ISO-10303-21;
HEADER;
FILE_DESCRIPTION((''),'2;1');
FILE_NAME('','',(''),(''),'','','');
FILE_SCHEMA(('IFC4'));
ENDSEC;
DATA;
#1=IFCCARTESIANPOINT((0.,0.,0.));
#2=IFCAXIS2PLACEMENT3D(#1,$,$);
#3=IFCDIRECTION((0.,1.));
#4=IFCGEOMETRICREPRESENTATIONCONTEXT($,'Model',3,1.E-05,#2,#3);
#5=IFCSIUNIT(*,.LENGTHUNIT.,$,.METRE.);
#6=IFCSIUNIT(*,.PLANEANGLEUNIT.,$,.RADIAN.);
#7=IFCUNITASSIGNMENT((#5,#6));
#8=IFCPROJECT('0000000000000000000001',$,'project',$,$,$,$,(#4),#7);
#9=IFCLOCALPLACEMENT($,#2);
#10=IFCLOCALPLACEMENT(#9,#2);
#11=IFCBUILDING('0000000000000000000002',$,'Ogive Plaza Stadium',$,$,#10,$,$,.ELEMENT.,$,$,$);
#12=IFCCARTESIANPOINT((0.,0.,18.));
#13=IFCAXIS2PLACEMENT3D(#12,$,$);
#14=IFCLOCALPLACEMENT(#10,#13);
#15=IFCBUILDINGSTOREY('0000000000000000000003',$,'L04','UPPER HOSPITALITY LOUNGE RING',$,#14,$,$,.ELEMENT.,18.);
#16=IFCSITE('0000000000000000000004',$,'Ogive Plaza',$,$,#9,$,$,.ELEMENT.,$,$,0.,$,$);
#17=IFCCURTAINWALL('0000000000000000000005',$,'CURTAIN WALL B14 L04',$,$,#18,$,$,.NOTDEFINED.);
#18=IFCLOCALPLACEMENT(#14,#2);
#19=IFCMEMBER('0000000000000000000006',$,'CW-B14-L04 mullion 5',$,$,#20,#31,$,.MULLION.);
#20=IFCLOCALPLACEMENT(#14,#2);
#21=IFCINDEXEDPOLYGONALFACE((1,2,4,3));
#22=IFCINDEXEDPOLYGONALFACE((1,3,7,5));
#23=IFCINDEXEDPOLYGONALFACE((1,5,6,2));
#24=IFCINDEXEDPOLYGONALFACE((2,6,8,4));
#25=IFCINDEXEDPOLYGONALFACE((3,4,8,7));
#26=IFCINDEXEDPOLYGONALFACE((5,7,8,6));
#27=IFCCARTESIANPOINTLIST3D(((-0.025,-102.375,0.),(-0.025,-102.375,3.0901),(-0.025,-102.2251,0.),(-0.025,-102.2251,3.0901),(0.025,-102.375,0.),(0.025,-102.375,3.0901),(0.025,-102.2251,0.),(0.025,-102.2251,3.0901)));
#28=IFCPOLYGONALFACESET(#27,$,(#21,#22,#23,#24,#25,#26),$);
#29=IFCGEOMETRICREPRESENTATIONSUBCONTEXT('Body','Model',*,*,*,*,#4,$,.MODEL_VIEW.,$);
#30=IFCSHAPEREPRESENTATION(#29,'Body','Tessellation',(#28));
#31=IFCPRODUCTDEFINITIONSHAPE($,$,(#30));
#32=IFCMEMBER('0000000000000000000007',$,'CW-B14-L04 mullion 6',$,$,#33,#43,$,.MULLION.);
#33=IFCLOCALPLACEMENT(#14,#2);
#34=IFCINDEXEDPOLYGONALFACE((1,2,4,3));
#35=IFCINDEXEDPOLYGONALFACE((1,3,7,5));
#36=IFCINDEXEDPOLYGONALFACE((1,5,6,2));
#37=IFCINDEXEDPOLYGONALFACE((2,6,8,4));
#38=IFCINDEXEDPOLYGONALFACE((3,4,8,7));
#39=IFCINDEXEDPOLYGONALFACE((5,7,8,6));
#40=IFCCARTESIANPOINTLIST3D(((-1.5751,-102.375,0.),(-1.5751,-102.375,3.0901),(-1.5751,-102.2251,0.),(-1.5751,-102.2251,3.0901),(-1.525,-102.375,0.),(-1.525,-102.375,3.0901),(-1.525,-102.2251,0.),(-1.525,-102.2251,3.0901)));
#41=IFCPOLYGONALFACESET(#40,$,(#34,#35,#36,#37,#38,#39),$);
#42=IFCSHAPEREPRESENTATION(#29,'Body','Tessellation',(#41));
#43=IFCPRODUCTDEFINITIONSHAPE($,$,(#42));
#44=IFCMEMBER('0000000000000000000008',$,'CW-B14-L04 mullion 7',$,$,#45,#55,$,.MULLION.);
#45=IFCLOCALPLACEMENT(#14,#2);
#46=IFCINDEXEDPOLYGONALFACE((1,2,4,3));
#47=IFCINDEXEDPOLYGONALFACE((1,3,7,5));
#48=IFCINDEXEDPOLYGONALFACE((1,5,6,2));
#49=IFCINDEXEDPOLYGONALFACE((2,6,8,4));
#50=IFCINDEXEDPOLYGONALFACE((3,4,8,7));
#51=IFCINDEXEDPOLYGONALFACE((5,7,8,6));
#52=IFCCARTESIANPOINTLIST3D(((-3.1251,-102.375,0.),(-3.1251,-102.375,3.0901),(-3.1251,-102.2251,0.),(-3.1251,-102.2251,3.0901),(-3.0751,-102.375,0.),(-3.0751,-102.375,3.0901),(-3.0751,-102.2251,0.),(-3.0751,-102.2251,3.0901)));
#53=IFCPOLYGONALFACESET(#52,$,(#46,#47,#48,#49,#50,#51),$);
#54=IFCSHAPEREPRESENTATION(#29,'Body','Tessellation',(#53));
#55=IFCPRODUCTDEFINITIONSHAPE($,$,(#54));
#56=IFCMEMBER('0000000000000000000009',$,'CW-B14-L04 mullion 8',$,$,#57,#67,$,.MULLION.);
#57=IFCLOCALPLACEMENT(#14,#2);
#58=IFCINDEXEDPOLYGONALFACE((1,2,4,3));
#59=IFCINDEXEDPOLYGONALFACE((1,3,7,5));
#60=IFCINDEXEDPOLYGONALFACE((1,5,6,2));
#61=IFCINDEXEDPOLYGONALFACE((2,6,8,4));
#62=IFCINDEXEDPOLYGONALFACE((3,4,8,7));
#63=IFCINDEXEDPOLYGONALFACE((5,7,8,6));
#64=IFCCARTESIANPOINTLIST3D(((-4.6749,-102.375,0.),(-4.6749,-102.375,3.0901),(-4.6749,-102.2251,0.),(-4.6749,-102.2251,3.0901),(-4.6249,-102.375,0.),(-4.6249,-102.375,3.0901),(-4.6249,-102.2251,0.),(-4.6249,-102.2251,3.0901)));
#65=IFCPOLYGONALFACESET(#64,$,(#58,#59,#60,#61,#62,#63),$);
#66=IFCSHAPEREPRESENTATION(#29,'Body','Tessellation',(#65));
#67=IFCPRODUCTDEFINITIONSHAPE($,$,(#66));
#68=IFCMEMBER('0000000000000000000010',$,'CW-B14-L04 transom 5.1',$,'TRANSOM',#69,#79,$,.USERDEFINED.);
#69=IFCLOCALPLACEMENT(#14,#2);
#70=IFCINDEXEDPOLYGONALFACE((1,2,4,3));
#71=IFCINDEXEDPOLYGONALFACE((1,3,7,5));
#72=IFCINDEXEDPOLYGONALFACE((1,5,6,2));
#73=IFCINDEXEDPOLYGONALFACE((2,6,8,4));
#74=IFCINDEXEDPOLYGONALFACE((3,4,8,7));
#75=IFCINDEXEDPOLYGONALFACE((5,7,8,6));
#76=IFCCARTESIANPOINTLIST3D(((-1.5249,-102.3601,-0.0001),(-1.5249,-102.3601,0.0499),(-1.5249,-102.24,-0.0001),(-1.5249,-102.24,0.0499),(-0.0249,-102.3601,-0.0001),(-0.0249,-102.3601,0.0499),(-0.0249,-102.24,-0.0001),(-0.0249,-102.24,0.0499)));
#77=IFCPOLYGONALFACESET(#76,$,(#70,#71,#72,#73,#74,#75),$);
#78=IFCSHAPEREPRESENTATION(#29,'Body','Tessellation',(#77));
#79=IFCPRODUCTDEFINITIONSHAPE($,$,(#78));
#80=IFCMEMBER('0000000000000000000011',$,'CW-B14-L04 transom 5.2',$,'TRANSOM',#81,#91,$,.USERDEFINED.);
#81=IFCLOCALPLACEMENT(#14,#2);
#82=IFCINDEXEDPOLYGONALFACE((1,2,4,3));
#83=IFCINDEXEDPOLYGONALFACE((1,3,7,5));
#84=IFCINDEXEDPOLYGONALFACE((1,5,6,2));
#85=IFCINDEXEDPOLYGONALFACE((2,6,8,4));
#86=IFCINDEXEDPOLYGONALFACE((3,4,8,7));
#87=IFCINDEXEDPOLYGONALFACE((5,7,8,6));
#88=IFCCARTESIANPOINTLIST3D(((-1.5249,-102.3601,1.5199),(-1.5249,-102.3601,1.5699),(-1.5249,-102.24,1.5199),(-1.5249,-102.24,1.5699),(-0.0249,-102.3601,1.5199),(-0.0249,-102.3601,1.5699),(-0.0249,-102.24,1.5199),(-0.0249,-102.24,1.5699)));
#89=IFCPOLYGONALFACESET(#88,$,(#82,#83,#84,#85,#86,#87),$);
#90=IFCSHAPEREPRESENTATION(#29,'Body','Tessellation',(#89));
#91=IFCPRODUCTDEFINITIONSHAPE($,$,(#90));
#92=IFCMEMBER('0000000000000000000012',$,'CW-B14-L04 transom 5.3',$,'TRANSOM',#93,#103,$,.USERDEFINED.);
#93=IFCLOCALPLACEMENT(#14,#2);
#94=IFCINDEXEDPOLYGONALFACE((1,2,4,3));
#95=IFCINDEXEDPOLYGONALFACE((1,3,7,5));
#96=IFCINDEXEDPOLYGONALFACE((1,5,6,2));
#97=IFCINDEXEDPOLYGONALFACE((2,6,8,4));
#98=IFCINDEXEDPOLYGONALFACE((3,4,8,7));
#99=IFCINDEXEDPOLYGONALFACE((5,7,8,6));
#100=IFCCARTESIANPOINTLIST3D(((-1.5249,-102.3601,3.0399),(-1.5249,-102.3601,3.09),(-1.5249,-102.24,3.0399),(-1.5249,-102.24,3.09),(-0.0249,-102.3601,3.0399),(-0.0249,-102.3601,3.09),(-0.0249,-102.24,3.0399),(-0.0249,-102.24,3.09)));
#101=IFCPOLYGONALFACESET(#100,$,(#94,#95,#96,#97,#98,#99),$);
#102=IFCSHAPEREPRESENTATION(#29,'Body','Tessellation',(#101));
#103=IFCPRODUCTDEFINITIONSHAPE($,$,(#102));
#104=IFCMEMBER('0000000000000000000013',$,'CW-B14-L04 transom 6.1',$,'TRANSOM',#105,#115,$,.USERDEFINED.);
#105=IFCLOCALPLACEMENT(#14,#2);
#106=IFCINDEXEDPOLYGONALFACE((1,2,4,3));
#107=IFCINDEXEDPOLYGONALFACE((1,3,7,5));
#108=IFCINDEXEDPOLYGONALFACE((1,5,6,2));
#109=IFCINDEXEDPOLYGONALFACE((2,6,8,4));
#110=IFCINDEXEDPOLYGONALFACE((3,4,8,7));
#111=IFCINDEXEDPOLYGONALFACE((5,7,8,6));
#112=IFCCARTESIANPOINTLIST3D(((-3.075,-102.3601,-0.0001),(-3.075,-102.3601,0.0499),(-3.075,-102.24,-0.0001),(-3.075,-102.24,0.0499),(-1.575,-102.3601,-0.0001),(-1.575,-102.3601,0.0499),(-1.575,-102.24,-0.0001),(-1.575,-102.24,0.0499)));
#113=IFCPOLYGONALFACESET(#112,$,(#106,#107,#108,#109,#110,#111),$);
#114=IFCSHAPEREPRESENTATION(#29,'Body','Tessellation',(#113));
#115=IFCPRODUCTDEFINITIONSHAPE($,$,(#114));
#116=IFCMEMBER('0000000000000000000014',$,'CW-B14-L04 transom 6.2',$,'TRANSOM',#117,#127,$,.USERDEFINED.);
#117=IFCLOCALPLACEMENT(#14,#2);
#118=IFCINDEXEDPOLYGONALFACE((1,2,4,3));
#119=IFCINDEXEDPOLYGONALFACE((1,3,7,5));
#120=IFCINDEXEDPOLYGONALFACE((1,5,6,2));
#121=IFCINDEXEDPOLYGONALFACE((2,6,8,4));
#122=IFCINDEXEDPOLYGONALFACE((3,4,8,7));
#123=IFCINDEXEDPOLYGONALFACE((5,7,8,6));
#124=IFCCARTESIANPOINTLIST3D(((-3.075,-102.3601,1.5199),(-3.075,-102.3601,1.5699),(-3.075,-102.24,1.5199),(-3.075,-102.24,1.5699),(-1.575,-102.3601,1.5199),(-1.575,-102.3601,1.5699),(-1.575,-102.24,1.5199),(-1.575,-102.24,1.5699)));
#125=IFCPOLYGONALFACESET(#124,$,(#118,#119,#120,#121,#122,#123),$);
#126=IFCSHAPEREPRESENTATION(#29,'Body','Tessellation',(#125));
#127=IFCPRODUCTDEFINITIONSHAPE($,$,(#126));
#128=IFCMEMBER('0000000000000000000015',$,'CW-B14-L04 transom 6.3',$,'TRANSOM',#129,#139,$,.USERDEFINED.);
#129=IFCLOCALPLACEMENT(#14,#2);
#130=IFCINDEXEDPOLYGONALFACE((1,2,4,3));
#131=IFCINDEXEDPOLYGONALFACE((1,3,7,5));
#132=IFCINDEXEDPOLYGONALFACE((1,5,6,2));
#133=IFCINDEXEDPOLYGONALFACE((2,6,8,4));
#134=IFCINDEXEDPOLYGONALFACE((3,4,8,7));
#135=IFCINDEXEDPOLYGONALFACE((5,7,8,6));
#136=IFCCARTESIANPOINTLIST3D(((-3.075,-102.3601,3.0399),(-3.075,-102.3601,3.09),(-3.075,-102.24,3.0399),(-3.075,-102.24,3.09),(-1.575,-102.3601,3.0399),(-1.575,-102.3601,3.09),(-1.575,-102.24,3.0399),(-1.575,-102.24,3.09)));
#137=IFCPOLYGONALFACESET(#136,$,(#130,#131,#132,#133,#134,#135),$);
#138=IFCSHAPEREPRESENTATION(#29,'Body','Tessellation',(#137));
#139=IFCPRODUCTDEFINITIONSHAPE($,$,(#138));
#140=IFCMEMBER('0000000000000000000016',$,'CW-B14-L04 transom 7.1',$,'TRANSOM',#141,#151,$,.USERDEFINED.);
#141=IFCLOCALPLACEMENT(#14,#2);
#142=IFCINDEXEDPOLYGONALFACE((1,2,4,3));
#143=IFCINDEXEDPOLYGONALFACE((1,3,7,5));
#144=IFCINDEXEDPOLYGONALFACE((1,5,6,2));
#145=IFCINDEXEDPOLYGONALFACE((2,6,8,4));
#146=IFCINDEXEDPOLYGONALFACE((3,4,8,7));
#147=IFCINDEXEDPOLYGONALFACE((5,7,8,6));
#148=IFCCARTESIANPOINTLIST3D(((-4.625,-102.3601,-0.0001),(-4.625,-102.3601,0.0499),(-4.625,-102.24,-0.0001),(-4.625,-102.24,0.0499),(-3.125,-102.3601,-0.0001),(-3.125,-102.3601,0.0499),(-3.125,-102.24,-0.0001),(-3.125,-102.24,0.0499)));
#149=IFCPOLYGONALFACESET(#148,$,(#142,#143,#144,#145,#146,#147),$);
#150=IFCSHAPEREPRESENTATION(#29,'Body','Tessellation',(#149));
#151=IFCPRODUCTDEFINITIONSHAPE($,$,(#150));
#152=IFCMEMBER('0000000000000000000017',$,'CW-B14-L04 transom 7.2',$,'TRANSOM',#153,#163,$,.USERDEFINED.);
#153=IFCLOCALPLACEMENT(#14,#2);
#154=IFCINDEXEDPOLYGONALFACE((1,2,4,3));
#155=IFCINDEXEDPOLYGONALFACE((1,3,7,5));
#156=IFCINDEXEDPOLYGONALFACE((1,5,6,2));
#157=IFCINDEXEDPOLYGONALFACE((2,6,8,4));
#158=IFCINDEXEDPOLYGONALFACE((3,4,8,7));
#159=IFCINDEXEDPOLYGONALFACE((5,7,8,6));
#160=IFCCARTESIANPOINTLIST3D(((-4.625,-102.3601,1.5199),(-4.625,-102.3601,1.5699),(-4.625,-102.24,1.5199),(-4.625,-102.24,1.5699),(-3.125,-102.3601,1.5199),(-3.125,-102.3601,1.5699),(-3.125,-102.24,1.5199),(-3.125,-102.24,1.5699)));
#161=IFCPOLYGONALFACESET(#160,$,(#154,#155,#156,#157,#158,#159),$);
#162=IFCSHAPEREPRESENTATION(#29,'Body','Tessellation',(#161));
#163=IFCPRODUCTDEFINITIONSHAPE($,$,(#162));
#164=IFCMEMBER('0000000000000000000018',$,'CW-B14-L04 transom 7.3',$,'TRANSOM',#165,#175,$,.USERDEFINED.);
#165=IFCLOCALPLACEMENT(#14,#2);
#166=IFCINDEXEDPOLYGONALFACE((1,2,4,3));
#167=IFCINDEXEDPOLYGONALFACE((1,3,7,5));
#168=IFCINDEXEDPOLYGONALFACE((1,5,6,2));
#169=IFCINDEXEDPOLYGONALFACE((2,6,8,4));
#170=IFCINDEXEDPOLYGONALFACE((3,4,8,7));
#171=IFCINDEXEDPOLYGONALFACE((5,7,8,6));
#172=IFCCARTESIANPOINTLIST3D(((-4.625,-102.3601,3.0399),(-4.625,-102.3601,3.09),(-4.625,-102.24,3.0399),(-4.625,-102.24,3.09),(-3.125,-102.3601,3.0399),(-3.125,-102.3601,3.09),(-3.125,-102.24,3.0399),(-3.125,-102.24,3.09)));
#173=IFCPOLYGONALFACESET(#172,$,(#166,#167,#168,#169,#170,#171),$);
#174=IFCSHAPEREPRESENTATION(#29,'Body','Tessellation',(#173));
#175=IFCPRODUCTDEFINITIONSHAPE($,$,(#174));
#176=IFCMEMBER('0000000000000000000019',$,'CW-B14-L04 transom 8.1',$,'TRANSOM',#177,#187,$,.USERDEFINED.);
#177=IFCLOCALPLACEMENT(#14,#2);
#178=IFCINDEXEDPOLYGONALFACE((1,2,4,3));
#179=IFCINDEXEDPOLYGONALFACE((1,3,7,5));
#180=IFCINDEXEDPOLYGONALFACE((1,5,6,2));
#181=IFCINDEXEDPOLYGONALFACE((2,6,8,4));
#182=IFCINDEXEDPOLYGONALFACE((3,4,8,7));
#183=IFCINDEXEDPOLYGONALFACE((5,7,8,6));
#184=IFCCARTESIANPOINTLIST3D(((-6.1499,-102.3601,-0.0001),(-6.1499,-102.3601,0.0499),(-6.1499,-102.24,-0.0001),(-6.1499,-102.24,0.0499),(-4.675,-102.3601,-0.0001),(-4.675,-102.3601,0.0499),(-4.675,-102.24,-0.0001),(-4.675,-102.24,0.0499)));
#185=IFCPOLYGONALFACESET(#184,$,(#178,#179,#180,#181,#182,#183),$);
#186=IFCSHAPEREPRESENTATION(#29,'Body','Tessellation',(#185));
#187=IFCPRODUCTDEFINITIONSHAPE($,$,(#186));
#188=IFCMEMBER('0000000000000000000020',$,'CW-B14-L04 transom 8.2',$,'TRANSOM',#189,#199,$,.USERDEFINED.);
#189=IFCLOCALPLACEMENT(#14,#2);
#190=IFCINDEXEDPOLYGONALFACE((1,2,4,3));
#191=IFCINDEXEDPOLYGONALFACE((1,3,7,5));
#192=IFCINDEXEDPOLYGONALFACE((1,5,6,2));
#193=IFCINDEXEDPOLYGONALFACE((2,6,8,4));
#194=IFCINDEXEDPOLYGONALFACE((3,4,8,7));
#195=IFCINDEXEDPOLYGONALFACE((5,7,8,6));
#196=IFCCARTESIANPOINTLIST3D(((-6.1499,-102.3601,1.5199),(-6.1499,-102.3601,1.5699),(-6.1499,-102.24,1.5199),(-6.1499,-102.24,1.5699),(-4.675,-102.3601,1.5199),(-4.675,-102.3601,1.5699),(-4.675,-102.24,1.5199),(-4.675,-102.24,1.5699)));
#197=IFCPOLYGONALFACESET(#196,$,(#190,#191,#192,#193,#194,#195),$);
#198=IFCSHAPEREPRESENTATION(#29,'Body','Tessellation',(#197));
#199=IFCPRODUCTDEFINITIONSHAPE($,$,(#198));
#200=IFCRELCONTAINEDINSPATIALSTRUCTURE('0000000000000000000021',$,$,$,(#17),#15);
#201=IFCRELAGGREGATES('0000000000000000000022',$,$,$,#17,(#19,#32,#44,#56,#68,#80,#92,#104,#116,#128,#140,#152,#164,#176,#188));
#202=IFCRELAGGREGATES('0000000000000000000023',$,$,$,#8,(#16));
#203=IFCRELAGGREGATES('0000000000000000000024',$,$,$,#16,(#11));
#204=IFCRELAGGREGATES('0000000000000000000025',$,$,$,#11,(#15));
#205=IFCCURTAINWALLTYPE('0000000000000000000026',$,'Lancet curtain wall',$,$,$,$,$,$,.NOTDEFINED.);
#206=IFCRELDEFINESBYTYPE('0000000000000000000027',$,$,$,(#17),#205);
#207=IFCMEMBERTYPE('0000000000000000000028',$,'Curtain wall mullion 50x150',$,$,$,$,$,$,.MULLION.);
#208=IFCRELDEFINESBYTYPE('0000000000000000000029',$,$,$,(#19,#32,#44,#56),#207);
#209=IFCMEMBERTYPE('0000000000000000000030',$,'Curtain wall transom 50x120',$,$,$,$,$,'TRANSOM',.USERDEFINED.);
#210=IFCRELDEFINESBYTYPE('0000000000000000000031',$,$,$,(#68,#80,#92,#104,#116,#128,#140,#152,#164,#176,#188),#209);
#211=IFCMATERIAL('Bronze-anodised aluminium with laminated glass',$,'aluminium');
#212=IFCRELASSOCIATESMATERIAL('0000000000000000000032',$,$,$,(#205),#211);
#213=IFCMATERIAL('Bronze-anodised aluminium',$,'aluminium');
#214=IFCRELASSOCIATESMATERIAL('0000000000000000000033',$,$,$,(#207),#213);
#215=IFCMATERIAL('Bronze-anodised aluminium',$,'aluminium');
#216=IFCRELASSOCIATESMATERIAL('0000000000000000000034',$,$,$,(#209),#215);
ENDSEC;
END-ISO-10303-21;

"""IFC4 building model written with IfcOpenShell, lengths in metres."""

from ifc_helpers import new_model, si_unit, direction, frame, origin, origin_2d, place, context, subcontext, project, spatial, rectangle, extrude, material, material_profile, profile_set, type_object, element, aggregate, save


model = new_model("IFC4")

# Units and contexts
model_context = context("Model", 3, precision=1e-05, world=origin(), true_north=direction((0.0, 1.0)))
body_context = subcontext(model_context, "Body", "Model", "MODEL_VIEW")
ifc_project = project(units=[si_unit("LENGTHUNIT", "METRE"), si_unit("PLANEANGLEUNIT", "RADIAN")], contexts=[model_context])

# Site, building, storey
site_placement = place(None, origin())
site = spatial("IfcSite", under=ifc_project, at=site_placement, Name="Ogive Plaza", CompositionType="ELEMENT", RefElevation=0.0)
building_placement = place(site_placement, origin())
building = spatial("IfcBuilding", under=site, at=building_placement, Name="Ogive Plaza Stadium", CompositionType="ELEMENT")
storey_placement = place(building_placement, frame((0.0, 0.0, 18.0)))
storey = spatial("IfcBuildingStorey", under=building, at=storey_placement, Name="L04", Description="UPPER HOSPITALITY LOUNGE RING", CompositionType="ELEMENT", Elevation=18.0)

# Curtain wall, members
ifc_material_1 = material(Name="Bronze-anodised aluminium with laminated glass", Category="aluminium")
curtain_wall_type = type_object("IfcCurtainWallType", Name="Lancet curtain wall", PredefinedType="NOTDEFINED", material=ifc_material_1)
curtain_wall_placement = place(storey_placement, origin())
curtain_wall = element("IfcCurtainWall", 1, at=curtain_wall_placement, inside=storey, type_object=curtain_wall_type, Name="CURTAIN WALL B14 L04", PredefinedType="NOTDEFINED")
ifc_material_2 = material(Name="Bronze-anodised aluminium", Category="aluminium")
ifc_material_profile_1 = material_profile(ifc_material_2, rectangle(XDim=0.1499, YDim=0.05, at=origin_2d()), Name="AL 150x50")
ifc_profile_set_1 = profile_set([ifc_material_profile_1], Name="Bronze-anodised aluminium")
member_type_1 = type_object("IfcMemberType", Name="Curtain wall mullion 50x150", PredefinedType="MULLION", material=ifc_profile_set_1)
member_1_placement = place(storey_placement, frame((0.0, -102.3, 0.0), z_axis=(0.0, 0.0, 1.0), x_axis=(0.0, -1.0, 0.0)))
member_1 = element("IfcMember", 2, at=member_1_placement, type_object=member_type_1, Name="CW-B14-L04 mullion 5", PredefinedType="MULLION", context=body_context, shape_type="SweptSolid", body=[
    extrude(rectangle(XDim=0.1499, YDim=0.05, at=origin_2d()), origin(), (0.0, 0.0, 1.0), 3.0901),
])
member_2_placement = place(storey_placement, frame((-1.55, -102.3, 0.0), z_axis=(0.0, 0.0, 1.0), x_axis=(0.0, -1.0, 0.0)))
member_2 = element("IfcMember", 3, at=member_2_placement, type_object=member_type_1, Name="CW-B14-L04 mullion 6", PredefinedType="MULLION", context=body_context, shape_type="SweptSolid", body=[
    extrude(rectangle(XDim=0.1499, YDim=0.05, at=origin_2d()), origin(), (0.0, 0.0, 1.0), 3.0901),
])
member_3_placement = place(storey_placement, frame((-3.1001, -102.3, 0.0), z_axis=(0.0, 0.0, 1.0), x_axis=(0.0, -1.0, 0.0)))
member_3 = element("IfcMember", 4, at=member_3_placement, type_object=member_type_1, Name="CW-B14-L04 mullion 7", PredefinedType="MULLION", context=body_context, shape_type="SweptSolid", body=[
    extrude(rectangle(XDim=0.1499, YDim=0.05, at=origin_2d()), origin(), (0.0, 0.0, 1.0), 3.0901),
])
member_4_placement = place(storey_placement, frame((-4.6499, -102.3, 0.0), z_axis=(0.0, 0.0, 1.0), x_axis=(0.0, -1.0, 0.0)))
member_4 = element("IfcMember", 5, at=member_4_placement, type_object=member_type_1, Name="CW-B14-L04 mullion 8", PredefinedType="MULLION", context=body_context, shape_type="SweptSolid", body=[
    extrude(rectangle(XDim=0.1499, YDim=0.05, at=origin_2d()), origin(), (0.0, 0.0, 1.0), 3.0901),
])
ifc_material_3 = material(Name="Bronze-anodised aluminium", Category="aluminium")
ifc_material_profile_2 = material_profile(ifc_material_3, rectangle(XDim=0.1201, YDim=0.05, at=origin_2d()), Name="AL 120x50")
ifc_profile_set_2 = profile_set([ifc_material_profile_2], Name="Bronze-anodised aluminium")
member_type_2 = type_object("IfcMemberType", Name="Curtain wall transom 50x120", ElementType="TRANSOM", PredefinedType="USERDEFINED", material=ifc_profile_set_2)
member_5_placement = place(storey_placement, frame((-0.0249, -102.3, 0.0249), z_axis=(-1.0, 0.0, 0.0), x_axis=(0.0, -1.0, 0.0)))
member_5 = element("IfcMember", 6, at=member_5_placement, type_object=member_type_2, Name="CW-B14-L04 transom 5.1", ObjectType="TRANSOM", PredefinedType="USERDEFINED", context=body_context, shape_type="SweptSolid", body=[
    extrude(rectangle(XDim=0.1201, YDim=0.05, at=origin_2d()), origin(), (0.0, 0.0, 1.0), 1.5),
])
member_6_placement = place(storey_placement, frame((-0.0249, -102.3, 1.5449), z_axis=(-1.0, 0.0, 0.0), x_axis=(0.0, -1.0, 0.0)))
member_6 = element("IfcMember", 7, at=member_6_placement, type_object=member_type_2, Name="CW-B14-L04 transom 5.2", ObjectType="TRANSOM", PredefinedType="USERDEFINED", context=body_context, shape_type="SweptSolid", body=[
    extrude(rectangle(XDim=0.1201, YDim=0.05, at=origin_2d()), origin(), (0.0, 0.0, 1.0), 1.5),
])
member_7_placement = place(storey_placement, frame((-0.0249, -102.3, 3.0649), z_axis=(-1.0, 0.0, 0.0), x_axis=(0.0, -1.0, 0.0)))
member_7 = element("IfcMember", 8, at=member_7_placement, type_object=member_type_2, Name="CW-B14-L04 transom 5.3", ObjectType="TRANSOM", PredefinedType="USERDEFINED", context=body_context, shape_type="SweptSolid", body=[
    extrude(rectangle(XDim=0.1201, YDim=0.05, at=origin_2d()), origin(), (0.0, 0.0, 1.0), 1.5),
])
member_8_placement = place(storey_placement, frame((-1.575, -102.3, 0.0249), z_axis=(-1.0, 0.0, 0.0), x_axis=(0.0, -1.0, 0.0)))
member_8 = element("IfcMember", 9, at=member_8_placement, type_object=member_type_2, Name="CW-B14-L04 transom 6.1", ObjectType="TRANSOM", PredefinedType="USERDEFINED", context=body_context, shape_type="SweptSolid", body=[
    extrude(rectangle(XDim=0.1201, YDim=0.05, at=origin_2d()), origin(), (0.0, 0.0, 1.0), 1.5),
])
member_9_placement = place(storey_placement, frame((-1.575, -102.3, 1.5449), z_axis=(-1.0, 0.0, 0.0), x_axis=(0.0, -1.0, 0.0)))
member_9 = element("IfcMember", 10, at=member_9_placement, type_object=member_type_2, Name="CW-B14-L04 transom 6.2", ObjectType="TRANSOM", PredefinedType="USERDEFINED", context=body_context, shape_type="SweptSolid", body=[
    extrude(rectangle(XDim=0.1201, YDim=0.05, at=origin_2d()), origin(), (0.0, 0.0, 1.0), 1.5),
])
member_10_placement = place(storey_placement, frame((-1.575, -102.3, 3.0649), z_axis=(-1.0, 0.0, 0.0), x_axis=(0.0, -1.0, 0.0)))
member_10 = element("IfcMember", 11, at=member_10_placement, type_object=member_type_2, Name="CW-B14-L04 transom 6.3", ObjectType="TRANSOM", PredefinedType="USERDEFINED", context=body_context, shape_type="SweptSolid", body=[
    extrude(rectangle(XDim=0.1201, YDim=0.05, at=origin_2d()), origin(), (0.0, 0.0, 1.0), 1.5),
])
member_11_placement = place(storey_placement, frame((-3.125, -102.3, 0.0249), z_axis=(-1.0, 0.0, 0.0), x_axis=(0.0, -1.0, 0.0)))
member_11 = element("IfcMember", 12, at=member_11_placement, type_object=member_type_2, Name="CW-B14-L04 transom 7.1", ObjectType="TRANSOM", PredefinedType="USERDEFINED", context=body_context, shape_type="SweptSolid", body=[
    extrude(rectangle(XDim=0.1201, YDim=0.05, at=origin_2d()), origin(), (0.0, 0.0, 1.0), 1.5),
])
member_12_placement = place(storey_placement, frame((-3.125, -102.3, 1.5449), z_axis=(-1.0, 0.0, 0.0), x_axis=(0.0, -1.0, 0.0)))
member_12 = element("IfcMember", 13, at=member_12_placement, type_object=member_type_2, Name="CW-B14-L04 transom 7.2", ObjectType="TRANSOM", PredefinedType="USERDEFINED", context=body_context, shape_type="SweptSolid", body=[
    extrude(rectangle(XDim=0.1201, YDim=0.05, at=origin_2d()), origin(), (0.0, 0.0, 1.0), 1.5),
])
member_13_placement = place(storey_placement, frame((-3.125, -102.3, 3.0649), z_axis=(-1.0, 0.0, 0.0), x_axis=(0.0, -1.0, 0.0)))
member_13 = element("IfcMember", 14, at=member_13_placement, type_object=member_type_2, Name="CW-B14-L04 transom 7.3", ObjectType="TRANSOM", PredefinedType="USERDEFINED", context=body_context, shape_type="SweptSolid", body=[
    extrude(rectangle(XDim=0.1201, YDim=0.05, at=origin_2d()), origin(), (0.0, 0.0, 1.0), 1.5),
])
member_14_placement = place(storey_placement, frame((-4.675, -102.3, 0.0249), z_axis=(-1.0, 0.0, 0.0), x_axis=(0.0, -1.0, 0.0)))
member_14 = element("IfcMember", 15, at=member_14_placement, type_object=member_type_2, Name="CW-B14-L04 transom 8.1", ObjectType="TRANSOM", PredefinedType="USERDEFINED", context=body_context, shape_type="SweptSolid", body=[
    extrude(rectangle(XDim=0.1201, YDim=0.05, at=origin_2d()), origin(), (0.0, 0.0, 1.0), 1.4749),
])
member_15_placement = place(storey_placement, frame((-4.675, -102.3, 1.5449), z_axis=(-1.0, 0.0, 0.0), x_axis=(0.0, -1.0, 0.0)))
member_15 = element("IfcMember", 16, at=member_15_placement, type_object=member_type_2, Name="CW-B14-L04 transom 8.2", ObjectType="TRANSOM", PredefinedType="USERDEFINED", context=body_context, shape_type="SweptSolid", body=[
    extrude(rectangle(XDim=0.1201, YDim=0.05, at=origin_2d()), origin(), (0.0, 0.0, 1.0), 1.4749),
])
aggregate(curtain_wall, [member_1, member_2, member_3, member_4, member_5, member_6, member_7, member_8, member_9, member_10, member_11, member_12, member_13, member_14, member_15])

save(model, "model.ifc")
